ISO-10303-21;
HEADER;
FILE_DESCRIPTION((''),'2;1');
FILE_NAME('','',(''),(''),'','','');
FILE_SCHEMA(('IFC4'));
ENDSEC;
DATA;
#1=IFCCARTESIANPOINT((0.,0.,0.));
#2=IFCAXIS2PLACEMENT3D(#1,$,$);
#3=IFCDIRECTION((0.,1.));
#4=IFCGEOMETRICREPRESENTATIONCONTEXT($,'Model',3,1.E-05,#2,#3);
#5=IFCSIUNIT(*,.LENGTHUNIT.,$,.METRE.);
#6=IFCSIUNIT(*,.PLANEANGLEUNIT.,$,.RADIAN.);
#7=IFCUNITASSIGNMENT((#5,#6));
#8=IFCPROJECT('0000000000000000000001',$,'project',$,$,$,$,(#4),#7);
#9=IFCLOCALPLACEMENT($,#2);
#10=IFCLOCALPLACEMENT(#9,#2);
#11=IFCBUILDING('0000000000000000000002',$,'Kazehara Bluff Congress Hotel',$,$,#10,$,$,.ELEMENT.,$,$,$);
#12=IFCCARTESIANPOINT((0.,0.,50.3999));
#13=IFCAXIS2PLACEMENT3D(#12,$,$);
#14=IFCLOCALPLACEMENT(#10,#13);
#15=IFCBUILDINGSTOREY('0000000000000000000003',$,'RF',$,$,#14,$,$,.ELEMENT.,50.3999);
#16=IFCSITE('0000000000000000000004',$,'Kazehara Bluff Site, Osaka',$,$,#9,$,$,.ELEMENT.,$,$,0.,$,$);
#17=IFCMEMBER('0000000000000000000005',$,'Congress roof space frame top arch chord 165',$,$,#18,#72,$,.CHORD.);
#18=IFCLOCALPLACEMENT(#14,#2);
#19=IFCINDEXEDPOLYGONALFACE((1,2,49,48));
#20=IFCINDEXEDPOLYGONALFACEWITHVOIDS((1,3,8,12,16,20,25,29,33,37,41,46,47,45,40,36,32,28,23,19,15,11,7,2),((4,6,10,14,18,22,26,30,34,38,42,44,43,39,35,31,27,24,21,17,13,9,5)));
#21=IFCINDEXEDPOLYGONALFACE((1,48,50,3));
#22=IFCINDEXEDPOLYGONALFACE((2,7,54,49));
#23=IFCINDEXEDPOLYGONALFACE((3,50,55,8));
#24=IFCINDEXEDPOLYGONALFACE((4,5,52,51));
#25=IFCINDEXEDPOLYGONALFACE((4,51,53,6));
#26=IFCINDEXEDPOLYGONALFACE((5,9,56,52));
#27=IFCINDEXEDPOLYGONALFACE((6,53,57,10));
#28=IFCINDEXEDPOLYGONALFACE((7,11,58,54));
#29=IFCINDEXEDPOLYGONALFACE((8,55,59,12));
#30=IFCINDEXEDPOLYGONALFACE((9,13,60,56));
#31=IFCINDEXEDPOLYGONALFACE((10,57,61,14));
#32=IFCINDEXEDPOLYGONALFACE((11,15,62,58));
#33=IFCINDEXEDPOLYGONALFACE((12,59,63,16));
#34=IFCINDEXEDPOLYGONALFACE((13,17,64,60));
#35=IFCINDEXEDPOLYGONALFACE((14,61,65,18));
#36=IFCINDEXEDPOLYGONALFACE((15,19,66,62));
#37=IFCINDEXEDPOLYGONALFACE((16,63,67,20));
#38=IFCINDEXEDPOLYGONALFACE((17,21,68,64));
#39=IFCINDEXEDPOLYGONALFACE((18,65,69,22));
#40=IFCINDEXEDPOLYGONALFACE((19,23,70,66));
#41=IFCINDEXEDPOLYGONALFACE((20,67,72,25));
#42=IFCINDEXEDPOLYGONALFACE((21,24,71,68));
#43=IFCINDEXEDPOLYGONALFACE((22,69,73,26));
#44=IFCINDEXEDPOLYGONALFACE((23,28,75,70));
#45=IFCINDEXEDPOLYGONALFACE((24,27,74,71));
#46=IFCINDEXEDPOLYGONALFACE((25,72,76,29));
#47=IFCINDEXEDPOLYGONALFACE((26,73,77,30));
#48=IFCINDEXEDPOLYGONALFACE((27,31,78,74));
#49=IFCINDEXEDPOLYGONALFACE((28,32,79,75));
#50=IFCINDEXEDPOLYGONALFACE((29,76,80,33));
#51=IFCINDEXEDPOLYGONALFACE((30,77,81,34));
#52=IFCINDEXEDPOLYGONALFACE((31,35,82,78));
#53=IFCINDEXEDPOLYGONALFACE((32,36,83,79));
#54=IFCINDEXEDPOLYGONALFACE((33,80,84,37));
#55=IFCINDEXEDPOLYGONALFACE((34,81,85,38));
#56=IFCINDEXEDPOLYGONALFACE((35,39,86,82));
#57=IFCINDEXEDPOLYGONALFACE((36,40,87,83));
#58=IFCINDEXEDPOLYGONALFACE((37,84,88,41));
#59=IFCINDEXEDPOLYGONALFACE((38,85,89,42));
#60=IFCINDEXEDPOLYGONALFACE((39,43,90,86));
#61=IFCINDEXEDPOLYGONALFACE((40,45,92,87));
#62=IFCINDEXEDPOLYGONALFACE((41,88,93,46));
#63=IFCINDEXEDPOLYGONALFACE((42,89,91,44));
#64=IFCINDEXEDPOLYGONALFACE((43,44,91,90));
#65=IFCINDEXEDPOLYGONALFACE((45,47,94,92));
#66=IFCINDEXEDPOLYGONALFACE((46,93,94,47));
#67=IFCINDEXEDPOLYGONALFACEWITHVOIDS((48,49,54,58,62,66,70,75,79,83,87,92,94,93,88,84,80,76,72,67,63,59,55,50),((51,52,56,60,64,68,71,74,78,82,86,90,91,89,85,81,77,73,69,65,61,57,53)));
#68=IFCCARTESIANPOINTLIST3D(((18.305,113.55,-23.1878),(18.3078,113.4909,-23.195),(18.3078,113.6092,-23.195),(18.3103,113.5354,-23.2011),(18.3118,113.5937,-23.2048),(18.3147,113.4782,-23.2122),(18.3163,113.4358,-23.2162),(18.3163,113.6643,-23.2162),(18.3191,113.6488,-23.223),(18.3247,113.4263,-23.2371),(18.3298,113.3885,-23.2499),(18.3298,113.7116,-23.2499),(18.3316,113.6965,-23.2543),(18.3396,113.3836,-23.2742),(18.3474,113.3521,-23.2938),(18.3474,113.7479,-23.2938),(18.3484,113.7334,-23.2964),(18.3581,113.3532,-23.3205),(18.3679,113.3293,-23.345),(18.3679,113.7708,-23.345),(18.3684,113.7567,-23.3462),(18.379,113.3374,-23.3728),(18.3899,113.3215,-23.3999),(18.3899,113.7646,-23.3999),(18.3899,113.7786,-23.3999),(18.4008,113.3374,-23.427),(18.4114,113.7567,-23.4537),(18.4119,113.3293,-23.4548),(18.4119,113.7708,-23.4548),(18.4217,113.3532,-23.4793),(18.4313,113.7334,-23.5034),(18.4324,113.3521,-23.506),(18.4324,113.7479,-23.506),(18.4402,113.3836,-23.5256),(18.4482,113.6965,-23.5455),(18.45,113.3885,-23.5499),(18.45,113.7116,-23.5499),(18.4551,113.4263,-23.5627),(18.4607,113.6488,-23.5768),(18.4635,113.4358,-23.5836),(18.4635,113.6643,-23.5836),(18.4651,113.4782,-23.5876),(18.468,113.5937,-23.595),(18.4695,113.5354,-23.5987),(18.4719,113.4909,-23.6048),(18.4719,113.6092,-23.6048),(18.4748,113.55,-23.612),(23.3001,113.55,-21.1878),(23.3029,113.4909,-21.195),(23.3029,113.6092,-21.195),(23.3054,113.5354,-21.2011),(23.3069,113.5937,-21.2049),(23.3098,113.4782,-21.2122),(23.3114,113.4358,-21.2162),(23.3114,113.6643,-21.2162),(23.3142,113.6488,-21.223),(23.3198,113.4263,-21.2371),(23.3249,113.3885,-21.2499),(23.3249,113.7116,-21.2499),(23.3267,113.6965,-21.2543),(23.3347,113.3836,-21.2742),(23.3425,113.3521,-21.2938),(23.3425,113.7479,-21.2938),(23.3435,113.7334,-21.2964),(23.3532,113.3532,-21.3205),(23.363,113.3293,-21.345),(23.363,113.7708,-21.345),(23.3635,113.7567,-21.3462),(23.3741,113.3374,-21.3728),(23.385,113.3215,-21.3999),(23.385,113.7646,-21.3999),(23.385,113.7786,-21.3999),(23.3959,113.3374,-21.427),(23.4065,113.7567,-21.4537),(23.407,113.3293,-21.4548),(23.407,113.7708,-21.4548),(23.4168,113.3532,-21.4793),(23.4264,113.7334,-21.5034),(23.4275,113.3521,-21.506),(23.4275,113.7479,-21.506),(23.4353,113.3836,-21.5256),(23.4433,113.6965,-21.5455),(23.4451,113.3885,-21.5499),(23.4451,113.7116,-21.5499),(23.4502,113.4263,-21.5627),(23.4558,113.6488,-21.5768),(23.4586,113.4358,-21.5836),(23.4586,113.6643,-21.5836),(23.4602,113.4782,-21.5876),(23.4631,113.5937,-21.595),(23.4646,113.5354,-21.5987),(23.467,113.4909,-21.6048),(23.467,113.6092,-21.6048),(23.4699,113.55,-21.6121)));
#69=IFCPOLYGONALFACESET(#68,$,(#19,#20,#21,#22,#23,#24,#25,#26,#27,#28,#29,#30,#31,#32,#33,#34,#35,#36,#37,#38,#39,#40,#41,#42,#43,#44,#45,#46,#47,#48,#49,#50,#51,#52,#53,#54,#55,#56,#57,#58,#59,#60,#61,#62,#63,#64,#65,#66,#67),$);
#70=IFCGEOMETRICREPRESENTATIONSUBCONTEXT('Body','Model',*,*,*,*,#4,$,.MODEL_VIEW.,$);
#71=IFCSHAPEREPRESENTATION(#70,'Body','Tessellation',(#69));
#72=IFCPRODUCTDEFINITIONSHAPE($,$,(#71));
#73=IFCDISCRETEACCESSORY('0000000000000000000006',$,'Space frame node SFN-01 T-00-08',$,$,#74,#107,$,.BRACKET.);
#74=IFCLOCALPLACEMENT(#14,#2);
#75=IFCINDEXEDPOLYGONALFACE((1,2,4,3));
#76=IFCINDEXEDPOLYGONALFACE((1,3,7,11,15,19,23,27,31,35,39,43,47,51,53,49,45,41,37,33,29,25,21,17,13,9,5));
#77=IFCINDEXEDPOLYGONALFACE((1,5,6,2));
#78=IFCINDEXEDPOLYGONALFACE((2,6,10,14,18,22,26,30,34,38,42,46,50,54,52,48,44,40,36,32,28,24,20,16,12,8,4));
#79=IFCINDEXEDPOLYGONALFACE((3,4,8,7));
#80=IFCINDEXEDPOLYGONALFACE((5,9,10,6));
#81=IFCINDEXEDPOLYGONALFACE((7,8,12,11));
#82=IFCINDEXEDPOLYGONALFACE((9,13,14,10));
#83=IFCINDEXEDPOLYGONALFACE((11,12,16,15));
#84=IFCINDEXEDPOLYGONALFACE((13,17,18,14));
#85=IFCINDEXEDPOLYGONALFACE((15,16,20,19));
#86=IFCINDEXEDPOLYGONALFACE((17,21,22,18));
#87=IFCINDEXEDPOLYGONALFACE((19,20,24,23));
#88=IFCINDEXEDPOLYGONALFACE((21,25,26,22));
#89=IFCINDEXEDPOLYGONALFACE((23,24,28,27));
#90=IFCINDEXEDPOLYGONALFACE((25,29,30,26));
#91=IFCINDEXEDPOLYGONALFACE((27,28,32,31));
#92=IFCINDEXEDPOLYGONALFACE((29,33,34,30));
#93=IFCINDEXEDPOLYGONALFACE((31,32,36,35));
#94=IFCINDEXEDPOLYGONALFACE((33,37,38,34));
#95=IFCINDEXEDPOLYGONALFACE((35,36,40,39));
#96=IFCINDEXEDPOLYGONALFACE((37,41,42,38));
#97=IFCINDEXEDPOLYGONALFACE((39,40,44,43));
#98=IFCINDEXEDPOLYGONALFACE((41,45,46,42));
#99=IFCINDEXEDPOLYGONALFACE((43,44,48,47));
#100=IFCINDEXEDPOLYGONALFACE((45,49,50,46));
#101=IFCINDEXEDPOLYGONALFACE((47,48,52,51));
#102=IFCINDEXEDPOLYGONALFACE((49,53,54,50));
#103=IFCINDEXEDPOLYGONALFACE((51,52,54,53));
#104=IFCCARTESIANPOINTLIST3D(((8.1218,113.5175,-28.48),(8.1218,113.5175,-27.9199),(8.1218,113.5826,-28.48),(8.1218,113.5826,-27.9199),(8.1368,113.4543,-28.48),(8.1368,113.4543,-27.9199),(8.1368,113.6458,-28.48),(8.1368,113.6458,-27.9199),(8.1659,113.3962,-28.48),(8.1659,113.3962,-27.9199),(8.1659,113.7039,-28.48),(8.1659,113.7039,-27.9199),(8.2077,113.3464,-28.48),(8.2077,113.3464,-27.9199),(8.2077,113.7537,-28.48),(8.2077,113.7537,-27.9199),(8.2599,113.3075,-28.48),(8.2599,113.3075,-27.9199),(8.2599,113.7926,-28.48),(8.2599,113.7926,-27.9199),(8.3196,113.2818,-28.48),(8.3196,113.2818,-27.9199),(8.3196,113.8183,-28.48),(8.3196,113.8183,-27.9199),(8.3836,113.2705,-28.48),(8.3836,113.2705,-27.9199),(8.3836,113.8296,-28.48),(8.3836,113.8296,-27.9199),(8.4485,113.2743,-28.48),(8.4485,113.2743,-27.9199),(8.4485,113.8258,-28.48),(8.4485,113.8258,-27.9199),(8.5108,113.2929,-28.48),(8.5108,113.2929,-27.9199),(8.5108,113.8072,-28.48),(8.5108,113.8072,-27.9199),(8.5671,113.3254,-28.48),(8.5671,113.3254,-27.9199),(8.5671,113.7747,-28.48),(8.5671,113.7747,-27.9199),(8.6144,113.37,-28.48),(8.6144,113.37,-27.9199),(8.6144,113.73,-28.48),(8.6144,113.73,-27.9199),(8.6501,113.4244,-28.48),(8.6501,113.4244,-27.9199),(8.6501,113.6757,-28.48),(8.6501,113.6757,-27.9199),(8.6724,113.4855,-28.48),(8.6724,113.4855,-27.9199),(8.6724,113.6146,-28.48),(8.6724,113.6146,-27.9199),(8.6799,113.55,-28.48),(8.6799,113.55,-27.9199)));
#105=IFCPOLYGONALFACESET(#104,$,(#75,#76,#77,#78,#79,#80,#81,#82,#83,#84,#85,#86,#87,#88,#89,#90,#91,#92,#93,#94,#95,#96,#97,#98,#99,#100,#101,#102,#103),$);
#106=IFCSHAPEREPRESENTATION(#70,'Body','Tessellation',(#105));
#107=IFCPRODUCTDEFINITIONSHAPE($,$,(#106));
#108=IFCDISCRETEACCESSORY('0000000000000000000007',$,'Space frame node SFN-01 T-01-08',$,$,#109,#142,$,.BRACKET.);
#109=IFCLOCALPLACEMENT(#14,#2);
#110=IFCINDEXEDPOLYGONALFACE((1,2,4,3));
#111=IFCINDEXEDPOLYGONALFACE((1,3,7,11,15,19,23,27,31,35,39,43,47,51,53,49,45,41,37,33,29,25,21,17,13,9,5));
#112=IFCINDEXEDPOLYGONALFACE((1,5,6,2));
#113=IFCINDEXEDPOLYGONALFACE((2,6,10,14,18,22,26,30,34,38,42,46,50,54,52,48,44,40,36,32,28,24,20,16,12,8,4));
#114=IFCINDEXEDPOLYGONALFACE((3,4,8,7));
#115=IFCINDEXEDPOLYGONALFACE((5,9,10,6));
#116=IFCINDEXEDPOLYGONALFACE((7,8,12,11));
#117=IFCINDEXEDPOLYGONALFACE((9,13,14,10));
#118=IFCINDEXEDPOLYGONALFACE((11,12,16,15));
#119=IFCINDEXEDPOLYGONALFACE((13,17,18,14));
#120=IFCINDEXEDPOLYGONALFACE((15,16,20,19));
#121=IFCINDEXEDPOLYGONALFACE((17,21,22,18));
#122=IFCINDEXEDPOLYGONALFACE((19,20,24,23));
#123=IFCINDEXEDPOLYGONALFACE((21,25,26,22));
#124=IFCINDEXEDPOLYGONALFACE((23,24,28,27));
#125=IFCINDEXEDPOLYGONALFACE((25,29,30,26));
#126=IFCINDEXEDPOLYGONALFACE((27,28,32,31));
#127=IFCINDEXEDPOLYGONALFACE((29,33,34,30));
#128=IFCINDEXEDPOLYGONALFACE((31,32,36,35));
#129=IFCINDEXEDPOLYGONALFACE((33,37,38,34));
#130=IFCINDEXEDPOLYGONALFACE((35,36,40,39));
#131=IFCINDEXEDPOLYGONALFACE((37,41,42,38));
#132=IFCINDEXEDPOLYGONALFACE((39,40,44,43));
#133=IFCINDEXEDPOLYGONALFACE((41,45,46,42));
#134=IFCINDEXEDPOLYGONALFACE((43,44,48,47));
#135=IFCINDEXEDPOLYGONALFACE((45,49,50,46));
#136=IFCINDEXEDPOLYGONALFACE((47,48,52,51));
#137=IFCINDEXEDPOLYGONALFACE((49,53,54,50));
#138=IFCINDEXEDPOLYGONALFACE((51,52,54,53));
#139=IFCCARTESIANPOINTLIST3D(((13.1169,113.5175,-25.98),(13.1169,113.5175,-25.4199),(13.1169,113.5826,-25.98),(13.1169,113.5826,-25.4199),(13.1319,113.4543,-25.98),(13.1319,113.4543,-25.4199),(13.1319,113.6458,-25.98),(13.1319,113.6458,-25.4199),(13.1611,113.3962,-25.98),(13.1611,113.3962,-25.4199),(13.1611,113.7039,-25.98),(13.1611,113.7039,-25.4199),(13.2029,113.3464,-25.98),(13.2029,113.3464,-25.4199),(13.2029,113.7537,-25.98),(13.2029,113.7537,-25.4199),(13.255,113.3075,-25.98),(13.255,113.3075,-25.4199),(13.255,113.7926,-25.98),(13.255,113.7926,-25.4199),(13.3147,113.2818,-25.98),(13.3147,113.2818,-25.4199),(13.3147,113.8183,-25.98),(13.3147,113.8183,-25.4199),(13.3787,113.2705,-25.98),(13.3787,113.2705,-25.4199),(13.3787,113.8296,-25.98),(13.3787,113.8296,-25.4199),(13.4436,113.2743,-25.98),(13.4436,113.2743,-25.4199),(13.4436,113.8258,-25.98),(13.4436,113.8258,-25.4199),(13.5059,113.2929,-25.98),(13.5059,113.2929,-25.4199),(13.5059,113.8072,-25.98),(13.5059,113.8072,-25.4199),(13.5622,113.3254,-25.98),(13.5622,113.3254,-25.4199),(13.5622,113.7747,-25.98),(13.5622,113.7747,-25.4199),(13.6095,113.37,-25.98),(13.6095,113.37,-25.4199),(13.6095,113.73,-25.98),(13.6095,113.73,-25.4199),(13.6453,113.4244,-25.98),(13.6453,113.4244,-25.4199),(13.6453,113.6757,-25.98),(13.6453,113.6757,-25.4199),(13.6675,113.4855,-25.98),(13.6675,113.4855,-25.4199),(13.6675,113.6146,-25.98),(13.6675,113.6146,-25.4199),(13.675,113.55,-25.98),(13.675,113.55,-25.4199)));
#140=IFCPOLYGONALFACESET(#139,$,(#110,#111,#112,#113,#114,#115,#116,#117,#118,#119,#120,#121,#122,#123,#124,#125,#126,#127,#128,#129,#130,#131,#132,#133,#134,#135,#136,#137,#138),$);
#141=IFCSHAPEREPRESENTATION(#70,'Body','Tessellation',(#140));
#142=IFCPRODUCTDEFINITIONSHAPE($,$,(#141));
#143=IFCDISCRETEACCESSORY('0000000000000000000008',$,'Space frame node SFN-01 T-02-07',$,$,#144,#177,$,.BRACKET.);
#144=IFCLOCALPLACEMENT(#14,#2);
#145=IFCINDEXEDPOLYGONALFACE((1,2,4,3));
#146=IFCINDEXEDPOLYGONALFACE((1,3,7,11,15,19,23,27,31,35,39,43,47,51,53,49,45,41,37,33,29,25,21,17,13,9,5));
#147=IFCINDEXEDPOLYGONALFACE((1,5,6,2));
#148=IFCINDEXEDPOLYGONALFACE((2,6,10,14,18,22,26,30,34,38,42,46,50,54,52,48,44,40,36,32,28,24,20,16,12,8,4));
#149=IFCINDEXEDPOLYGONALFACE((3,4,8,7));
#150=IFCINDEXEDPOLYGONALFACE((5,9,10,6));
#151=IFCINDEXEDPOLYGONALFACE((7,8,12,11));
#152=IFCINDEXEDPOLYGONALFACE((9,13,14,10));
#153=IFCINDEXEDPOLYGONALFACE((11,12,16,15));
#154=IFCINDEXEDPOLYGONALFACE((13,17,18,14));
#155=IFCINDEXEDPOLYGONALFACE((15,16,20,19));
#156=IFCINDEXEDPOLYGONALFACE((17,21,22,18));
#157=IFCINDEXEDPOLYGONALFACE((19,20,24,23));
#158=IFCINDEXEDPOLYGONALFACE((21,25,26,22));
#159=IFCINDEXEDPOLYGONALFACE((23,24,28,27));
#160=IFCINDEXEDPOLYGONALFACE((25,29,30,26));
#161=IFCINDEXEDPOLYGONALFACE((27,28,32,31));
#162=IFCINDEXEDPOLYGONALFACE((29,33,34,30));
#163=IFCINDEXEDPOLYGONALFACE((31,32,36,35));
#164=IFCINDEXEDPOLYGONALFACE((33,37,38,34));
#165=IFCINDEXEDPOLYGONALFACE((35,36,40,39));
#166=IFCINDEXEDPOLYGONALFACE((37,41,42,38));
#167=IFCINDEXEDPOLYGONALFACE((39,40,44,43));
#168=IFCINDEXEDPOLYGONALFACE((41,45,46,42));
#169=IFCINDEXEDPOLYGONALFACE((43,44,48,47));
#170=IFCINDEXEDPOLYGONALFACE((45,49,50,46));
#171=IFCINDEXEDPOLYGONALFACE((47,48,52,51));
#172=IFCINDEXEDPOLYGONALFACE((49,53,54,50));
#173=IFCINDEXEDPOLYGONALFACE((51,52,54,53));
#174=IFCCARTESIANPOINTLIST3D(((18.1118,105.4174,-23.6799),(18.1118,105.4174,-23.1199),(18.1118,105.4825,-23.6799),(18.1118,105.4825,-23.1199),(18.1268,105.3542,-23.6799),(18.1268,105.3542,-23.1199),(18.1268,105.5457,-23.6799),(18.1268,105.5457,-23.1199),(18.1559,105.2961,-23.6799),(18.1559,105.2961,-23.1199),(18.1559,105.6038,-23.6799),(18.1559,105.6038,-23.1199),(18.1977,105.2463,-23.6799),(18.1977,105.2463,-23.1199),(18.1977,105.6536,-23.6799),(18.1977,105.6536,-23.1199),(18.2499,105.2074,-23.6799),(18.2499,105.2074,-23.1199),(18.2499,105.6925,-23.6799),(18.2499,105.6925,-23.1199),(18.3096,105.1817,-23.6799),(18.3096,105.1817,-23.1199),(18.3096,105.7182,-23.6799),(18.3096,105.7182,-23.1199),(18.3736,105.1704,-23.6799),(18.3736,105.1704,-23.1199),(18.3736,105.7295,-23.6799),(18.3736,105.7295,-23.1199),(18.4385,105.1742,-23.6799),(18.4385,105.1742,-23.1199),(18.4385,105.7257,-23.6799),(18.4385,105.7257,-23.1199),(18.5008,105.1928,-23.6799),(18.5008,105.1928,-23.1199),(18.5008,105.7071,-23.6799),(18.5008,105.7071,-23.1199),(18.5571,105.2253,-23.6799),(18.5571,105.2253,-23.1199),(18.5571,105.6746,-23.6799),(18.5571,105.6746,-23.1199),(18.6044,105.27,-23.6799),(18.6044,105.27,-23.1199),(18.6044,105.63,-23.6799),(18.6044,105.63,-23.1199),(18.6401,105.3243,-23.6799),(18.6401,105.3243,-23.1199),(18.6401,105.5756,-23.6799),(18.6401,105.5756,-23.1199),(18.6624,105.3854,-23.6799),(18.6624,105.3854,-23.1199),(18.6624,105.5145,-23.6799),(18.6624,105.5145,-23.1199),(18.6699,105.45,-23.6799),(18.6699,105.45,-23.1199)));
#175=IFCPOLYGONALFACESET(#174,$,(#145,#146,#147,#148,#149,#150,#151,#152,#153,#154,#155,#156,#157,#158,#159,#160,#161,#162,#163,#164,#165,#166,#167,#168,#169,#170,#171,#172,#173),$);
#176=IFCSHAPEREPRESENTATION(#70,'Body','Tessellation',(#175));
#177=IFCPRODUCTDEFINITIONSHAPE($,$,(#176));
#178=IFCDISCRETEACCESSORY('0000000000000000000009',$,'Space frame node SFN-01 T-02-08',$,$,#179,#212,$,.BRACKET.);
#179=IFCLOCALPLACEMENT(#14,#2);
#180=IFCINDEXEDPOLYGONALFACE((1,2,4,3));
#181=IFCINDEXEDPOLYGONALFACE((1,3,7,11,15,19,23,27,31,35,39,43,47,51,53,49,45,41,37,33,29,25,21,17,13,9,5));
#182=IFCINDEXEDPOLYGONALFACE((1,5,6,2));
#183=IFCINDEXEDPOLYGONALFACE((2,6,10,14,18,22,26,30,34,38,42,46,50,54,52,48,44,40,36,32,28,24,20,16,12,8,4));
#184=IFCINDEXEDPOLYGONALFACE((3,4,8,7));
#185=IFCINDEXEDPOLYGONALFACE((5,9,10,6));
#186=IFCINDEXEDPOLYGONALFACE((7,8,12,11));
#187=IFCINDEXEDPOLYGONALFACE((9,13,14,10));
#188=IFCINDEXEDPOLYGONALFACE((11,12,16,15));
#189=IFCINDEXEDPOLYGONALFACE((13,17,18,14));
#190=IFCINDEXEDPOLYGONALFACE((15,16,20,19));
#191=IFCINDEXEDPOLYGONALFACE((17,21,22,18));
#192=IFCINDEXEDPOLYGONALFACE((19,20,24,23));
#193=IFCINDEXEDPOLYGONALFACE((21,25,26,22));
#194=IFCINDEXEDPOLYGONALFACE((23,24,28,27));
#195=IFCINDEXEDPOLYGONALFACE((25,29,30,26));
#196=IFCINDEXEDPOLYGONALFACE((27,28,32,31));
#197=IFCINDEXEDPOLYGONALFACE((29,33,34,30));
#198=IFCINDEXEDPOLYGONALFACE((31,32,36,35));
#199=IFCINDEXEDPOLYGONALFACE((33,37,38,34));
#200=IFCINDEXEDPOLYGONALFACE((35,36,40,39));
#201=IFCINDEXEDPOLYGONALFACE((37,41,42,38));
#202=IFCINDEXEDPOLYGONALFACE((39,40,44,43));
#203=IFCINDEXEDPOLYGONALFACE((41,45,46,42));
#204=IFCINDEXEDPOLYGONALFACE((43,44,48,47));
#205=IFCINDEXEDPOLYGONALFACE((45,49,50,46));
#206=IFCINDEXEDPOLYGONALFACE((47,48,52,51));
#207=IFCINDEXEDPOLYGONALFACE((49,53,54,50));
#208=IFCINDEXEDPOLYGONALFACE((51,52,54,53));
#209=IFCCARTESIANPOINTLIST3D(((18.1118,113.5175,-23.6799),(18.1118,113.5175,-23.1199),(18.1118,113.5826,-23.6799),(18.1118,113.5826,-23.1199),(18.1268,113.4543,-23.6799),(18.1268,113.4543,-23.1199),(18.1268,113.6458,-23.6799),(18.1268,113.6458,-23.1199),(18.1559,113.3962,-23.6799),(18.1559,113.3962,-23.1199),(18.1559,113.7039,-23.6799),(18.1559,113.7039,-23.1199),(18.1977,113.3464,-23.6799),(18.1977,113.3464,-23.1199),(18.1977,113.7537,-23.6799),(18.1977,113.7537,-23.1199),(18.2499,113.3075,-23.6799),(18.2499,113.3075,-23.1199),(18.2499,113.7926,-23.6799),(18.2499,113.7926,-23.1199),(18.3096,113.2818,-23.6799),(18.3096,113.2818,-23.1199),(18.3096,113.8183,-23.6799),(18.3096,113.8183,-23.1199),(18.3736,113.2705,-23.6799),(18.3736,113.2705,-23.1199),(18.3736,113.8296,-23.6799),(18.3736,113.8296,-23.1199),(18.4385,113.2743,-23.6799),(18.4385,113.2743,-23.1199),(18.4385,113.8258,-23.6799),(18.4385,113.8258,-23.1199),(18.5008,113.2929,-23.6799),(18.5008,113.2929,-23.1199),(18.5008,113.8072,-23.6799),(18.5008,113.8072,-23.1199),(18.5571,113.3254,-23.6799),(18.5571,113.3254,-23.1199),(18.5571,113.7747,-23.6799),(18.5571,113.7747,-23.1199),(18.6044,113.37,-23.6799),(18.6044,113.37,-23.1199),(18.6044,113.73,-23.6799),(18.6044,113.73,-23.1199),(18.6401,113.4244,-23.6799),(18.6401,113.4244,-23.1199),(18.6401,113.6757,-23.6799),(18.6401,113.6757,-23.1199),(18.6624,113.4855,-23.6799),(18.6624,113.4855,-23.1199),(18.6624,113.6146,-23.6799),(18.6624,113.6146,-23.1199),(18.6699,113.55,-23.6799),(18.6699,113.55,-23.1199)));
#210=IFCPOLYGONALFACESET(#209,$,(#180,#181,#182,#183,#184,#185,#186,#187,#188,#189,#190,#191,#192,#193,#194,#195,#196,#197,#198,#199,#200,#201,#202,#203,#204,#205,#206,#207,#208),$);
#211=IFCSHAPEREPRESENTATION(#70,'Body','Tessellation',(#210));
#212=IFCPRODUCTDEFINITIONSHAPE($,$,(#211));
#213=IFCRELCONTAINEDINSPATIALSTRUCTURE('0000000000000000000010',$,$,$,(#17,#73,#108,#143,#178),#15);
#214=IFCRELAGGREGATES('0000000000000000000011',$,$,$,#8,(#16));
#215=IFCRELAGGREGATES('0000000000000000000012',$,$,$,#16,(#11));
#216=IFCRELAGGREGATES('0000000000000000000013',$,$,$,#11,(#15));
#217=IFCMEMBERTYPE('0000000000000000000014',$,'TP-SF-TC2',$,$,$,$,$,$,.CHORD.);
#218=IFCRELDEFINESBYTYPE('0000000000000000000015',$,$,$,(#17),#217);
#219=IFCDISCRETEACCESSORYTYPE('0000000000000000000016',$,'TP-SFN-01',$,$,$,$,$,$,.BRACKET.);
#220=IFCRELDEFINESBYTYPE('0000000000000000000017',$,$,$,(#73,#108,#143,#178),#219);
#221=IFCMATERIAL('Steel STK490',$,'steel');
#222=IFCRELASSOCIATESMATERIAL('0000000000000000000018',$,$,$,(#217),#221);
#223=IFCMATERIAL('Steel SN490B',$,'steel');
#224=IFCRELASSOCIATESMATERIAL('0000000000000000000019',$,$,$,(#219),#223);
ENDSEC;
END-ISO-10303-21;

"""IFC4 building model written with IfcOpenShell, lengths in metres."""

from ifc_helpers import new_model, si_unit, direction, frame, origin, origin_2d, place, context, subcontext, project, spatial, circle, hollow_circle, extrude, material, material_profile, profile_set, type_object, element, save


model = new_model("IFC4")

# Units and contexts
model_context = context("Model", 3, precision=1e-05, world=origin(), true_north=direction((0.0, 1.0)))
body_context = subcontext(model_context, "Body", "Model", "MODEL_VIEW")
ifc_project = project(units=[si_unit("LENGTHUNIT", "METRE"), si_unit("PLANEANGLEUNIT", "RADIAN")], contexts=[model_context])

# Site, building, storey
site_placement = place(None, origin())
site = spatial("IfcSite", under=ifc_project, at=site_placement, Name="Kazehara Bluff Site, Osaka", CompositionType="ELEMENT", RefElevation=0.0)
building_placement = place(site_placement, origin())
building = spatial("IfcBuilding", under=site, at=building_placement, Name="Kazehara Bluff Congress Hotel", CompositionType="ELEMENT")
storey_placement = place(building_placement, frame((0.0, 0.0, 50.3999)))
storey = spatial("IfcBuildingStorey", under=building, at=storey_placement, Name="RF", CompositionType="ELEMENT", Elevation=50.3999)

# Member
ifc_material_1 = material(Name="Steel STK490", Category="steel")
ifc_material_profile_1 = material_profile(ifc_material_1, hollow_circle(Radius=0.2285, WallThickness=0.0139, at=origin_2d()))
ifc_profile_set_1 = profile_set([ifc_material_profile_1], Name="Steel STK490")
member_type_1 = type_object("IfcMemberType", Name="TP-SF-TC2", PredefinedType="CHORD", material=ifc_profile_set_1)
member_1_placement = place(storey_placement, frame((18.3899, 113.55, -23.3999), z_axis=(0.928351, 0.0, 0.371704), x_axis=(0.0, 1.0, 0.0)))
element("IfcMember", 1, at=member_1_placement, inside=storey, type_object=member_type_1, Name="Congress roof space frame top arch chord 165", PredefinedType="CHORD", context=body_context, shape_type="SweptSolid", body=[
    extrude(hollow_circle(Radius=0.2285, WallThickness=0.0139, at=origin_2d()), origin(), (0.0, 0.0, 1.0), 5.3806),
])

# Discrete accessories
ifc_material_2 = material(Name="Steel SN490B", Category="steel")
ifc_material_profile_2 = material_profile(ifc_material_2, circle(Radius=0.28, at=origin_2d()))
ifc_profile_set_2 = profile_set([ifc_material_profile_2], Name="Steel SN490B")
discrete_accessory_type_1 = type_object("IfcDiscreteAccessoryType", Name="TP-SFN-01", PredefinedType="BRACKET", material=ifc_profile_set_2)
for number, where, z_axis, x_axis, name in (
    (2, (8.3999, 113.55, -28.48), (0.0, 0.0, 1.0), (1.0, 0.0, 0.0), "Space frame node SFN-01 T-00-08"),
    (3, (13.395, 113.55, -25.98), (0.0, 0.0, 1.0), (1.0, 0.0, 0.0), "Space frame node SFN-01 T-01-08"),
    (4, (18.3899, 105.45, -23.6799), (0.0, 0.0, 1.0), (1.0, 0.0, 0.0), "Space frame node SFN-01 T-02-07"),
    (5, (18.3899, 113.55, -23.6799), (0.0, 0.0, 1.0), (1.0, 0.0, 0.0), "Space frame node SFN-01 T-02-08"),
):
    element("IfcDiscreteAccessory", number, at=place(storey_placement, frame(where, z_axis=z_axis, x_axis=x_axis)), inside=storey, type_object=discrete_accessory_type_1, Name=name, PredefinedType="BRACKET", context=body_context, shape_type="SweptSolid", body=[
        extrude(circle(Radius=0.28, at=origin_2d()), origin(), (0.0, 0.0, 1.0), 0.5601),
    ])

save(model, "model.ifc")
